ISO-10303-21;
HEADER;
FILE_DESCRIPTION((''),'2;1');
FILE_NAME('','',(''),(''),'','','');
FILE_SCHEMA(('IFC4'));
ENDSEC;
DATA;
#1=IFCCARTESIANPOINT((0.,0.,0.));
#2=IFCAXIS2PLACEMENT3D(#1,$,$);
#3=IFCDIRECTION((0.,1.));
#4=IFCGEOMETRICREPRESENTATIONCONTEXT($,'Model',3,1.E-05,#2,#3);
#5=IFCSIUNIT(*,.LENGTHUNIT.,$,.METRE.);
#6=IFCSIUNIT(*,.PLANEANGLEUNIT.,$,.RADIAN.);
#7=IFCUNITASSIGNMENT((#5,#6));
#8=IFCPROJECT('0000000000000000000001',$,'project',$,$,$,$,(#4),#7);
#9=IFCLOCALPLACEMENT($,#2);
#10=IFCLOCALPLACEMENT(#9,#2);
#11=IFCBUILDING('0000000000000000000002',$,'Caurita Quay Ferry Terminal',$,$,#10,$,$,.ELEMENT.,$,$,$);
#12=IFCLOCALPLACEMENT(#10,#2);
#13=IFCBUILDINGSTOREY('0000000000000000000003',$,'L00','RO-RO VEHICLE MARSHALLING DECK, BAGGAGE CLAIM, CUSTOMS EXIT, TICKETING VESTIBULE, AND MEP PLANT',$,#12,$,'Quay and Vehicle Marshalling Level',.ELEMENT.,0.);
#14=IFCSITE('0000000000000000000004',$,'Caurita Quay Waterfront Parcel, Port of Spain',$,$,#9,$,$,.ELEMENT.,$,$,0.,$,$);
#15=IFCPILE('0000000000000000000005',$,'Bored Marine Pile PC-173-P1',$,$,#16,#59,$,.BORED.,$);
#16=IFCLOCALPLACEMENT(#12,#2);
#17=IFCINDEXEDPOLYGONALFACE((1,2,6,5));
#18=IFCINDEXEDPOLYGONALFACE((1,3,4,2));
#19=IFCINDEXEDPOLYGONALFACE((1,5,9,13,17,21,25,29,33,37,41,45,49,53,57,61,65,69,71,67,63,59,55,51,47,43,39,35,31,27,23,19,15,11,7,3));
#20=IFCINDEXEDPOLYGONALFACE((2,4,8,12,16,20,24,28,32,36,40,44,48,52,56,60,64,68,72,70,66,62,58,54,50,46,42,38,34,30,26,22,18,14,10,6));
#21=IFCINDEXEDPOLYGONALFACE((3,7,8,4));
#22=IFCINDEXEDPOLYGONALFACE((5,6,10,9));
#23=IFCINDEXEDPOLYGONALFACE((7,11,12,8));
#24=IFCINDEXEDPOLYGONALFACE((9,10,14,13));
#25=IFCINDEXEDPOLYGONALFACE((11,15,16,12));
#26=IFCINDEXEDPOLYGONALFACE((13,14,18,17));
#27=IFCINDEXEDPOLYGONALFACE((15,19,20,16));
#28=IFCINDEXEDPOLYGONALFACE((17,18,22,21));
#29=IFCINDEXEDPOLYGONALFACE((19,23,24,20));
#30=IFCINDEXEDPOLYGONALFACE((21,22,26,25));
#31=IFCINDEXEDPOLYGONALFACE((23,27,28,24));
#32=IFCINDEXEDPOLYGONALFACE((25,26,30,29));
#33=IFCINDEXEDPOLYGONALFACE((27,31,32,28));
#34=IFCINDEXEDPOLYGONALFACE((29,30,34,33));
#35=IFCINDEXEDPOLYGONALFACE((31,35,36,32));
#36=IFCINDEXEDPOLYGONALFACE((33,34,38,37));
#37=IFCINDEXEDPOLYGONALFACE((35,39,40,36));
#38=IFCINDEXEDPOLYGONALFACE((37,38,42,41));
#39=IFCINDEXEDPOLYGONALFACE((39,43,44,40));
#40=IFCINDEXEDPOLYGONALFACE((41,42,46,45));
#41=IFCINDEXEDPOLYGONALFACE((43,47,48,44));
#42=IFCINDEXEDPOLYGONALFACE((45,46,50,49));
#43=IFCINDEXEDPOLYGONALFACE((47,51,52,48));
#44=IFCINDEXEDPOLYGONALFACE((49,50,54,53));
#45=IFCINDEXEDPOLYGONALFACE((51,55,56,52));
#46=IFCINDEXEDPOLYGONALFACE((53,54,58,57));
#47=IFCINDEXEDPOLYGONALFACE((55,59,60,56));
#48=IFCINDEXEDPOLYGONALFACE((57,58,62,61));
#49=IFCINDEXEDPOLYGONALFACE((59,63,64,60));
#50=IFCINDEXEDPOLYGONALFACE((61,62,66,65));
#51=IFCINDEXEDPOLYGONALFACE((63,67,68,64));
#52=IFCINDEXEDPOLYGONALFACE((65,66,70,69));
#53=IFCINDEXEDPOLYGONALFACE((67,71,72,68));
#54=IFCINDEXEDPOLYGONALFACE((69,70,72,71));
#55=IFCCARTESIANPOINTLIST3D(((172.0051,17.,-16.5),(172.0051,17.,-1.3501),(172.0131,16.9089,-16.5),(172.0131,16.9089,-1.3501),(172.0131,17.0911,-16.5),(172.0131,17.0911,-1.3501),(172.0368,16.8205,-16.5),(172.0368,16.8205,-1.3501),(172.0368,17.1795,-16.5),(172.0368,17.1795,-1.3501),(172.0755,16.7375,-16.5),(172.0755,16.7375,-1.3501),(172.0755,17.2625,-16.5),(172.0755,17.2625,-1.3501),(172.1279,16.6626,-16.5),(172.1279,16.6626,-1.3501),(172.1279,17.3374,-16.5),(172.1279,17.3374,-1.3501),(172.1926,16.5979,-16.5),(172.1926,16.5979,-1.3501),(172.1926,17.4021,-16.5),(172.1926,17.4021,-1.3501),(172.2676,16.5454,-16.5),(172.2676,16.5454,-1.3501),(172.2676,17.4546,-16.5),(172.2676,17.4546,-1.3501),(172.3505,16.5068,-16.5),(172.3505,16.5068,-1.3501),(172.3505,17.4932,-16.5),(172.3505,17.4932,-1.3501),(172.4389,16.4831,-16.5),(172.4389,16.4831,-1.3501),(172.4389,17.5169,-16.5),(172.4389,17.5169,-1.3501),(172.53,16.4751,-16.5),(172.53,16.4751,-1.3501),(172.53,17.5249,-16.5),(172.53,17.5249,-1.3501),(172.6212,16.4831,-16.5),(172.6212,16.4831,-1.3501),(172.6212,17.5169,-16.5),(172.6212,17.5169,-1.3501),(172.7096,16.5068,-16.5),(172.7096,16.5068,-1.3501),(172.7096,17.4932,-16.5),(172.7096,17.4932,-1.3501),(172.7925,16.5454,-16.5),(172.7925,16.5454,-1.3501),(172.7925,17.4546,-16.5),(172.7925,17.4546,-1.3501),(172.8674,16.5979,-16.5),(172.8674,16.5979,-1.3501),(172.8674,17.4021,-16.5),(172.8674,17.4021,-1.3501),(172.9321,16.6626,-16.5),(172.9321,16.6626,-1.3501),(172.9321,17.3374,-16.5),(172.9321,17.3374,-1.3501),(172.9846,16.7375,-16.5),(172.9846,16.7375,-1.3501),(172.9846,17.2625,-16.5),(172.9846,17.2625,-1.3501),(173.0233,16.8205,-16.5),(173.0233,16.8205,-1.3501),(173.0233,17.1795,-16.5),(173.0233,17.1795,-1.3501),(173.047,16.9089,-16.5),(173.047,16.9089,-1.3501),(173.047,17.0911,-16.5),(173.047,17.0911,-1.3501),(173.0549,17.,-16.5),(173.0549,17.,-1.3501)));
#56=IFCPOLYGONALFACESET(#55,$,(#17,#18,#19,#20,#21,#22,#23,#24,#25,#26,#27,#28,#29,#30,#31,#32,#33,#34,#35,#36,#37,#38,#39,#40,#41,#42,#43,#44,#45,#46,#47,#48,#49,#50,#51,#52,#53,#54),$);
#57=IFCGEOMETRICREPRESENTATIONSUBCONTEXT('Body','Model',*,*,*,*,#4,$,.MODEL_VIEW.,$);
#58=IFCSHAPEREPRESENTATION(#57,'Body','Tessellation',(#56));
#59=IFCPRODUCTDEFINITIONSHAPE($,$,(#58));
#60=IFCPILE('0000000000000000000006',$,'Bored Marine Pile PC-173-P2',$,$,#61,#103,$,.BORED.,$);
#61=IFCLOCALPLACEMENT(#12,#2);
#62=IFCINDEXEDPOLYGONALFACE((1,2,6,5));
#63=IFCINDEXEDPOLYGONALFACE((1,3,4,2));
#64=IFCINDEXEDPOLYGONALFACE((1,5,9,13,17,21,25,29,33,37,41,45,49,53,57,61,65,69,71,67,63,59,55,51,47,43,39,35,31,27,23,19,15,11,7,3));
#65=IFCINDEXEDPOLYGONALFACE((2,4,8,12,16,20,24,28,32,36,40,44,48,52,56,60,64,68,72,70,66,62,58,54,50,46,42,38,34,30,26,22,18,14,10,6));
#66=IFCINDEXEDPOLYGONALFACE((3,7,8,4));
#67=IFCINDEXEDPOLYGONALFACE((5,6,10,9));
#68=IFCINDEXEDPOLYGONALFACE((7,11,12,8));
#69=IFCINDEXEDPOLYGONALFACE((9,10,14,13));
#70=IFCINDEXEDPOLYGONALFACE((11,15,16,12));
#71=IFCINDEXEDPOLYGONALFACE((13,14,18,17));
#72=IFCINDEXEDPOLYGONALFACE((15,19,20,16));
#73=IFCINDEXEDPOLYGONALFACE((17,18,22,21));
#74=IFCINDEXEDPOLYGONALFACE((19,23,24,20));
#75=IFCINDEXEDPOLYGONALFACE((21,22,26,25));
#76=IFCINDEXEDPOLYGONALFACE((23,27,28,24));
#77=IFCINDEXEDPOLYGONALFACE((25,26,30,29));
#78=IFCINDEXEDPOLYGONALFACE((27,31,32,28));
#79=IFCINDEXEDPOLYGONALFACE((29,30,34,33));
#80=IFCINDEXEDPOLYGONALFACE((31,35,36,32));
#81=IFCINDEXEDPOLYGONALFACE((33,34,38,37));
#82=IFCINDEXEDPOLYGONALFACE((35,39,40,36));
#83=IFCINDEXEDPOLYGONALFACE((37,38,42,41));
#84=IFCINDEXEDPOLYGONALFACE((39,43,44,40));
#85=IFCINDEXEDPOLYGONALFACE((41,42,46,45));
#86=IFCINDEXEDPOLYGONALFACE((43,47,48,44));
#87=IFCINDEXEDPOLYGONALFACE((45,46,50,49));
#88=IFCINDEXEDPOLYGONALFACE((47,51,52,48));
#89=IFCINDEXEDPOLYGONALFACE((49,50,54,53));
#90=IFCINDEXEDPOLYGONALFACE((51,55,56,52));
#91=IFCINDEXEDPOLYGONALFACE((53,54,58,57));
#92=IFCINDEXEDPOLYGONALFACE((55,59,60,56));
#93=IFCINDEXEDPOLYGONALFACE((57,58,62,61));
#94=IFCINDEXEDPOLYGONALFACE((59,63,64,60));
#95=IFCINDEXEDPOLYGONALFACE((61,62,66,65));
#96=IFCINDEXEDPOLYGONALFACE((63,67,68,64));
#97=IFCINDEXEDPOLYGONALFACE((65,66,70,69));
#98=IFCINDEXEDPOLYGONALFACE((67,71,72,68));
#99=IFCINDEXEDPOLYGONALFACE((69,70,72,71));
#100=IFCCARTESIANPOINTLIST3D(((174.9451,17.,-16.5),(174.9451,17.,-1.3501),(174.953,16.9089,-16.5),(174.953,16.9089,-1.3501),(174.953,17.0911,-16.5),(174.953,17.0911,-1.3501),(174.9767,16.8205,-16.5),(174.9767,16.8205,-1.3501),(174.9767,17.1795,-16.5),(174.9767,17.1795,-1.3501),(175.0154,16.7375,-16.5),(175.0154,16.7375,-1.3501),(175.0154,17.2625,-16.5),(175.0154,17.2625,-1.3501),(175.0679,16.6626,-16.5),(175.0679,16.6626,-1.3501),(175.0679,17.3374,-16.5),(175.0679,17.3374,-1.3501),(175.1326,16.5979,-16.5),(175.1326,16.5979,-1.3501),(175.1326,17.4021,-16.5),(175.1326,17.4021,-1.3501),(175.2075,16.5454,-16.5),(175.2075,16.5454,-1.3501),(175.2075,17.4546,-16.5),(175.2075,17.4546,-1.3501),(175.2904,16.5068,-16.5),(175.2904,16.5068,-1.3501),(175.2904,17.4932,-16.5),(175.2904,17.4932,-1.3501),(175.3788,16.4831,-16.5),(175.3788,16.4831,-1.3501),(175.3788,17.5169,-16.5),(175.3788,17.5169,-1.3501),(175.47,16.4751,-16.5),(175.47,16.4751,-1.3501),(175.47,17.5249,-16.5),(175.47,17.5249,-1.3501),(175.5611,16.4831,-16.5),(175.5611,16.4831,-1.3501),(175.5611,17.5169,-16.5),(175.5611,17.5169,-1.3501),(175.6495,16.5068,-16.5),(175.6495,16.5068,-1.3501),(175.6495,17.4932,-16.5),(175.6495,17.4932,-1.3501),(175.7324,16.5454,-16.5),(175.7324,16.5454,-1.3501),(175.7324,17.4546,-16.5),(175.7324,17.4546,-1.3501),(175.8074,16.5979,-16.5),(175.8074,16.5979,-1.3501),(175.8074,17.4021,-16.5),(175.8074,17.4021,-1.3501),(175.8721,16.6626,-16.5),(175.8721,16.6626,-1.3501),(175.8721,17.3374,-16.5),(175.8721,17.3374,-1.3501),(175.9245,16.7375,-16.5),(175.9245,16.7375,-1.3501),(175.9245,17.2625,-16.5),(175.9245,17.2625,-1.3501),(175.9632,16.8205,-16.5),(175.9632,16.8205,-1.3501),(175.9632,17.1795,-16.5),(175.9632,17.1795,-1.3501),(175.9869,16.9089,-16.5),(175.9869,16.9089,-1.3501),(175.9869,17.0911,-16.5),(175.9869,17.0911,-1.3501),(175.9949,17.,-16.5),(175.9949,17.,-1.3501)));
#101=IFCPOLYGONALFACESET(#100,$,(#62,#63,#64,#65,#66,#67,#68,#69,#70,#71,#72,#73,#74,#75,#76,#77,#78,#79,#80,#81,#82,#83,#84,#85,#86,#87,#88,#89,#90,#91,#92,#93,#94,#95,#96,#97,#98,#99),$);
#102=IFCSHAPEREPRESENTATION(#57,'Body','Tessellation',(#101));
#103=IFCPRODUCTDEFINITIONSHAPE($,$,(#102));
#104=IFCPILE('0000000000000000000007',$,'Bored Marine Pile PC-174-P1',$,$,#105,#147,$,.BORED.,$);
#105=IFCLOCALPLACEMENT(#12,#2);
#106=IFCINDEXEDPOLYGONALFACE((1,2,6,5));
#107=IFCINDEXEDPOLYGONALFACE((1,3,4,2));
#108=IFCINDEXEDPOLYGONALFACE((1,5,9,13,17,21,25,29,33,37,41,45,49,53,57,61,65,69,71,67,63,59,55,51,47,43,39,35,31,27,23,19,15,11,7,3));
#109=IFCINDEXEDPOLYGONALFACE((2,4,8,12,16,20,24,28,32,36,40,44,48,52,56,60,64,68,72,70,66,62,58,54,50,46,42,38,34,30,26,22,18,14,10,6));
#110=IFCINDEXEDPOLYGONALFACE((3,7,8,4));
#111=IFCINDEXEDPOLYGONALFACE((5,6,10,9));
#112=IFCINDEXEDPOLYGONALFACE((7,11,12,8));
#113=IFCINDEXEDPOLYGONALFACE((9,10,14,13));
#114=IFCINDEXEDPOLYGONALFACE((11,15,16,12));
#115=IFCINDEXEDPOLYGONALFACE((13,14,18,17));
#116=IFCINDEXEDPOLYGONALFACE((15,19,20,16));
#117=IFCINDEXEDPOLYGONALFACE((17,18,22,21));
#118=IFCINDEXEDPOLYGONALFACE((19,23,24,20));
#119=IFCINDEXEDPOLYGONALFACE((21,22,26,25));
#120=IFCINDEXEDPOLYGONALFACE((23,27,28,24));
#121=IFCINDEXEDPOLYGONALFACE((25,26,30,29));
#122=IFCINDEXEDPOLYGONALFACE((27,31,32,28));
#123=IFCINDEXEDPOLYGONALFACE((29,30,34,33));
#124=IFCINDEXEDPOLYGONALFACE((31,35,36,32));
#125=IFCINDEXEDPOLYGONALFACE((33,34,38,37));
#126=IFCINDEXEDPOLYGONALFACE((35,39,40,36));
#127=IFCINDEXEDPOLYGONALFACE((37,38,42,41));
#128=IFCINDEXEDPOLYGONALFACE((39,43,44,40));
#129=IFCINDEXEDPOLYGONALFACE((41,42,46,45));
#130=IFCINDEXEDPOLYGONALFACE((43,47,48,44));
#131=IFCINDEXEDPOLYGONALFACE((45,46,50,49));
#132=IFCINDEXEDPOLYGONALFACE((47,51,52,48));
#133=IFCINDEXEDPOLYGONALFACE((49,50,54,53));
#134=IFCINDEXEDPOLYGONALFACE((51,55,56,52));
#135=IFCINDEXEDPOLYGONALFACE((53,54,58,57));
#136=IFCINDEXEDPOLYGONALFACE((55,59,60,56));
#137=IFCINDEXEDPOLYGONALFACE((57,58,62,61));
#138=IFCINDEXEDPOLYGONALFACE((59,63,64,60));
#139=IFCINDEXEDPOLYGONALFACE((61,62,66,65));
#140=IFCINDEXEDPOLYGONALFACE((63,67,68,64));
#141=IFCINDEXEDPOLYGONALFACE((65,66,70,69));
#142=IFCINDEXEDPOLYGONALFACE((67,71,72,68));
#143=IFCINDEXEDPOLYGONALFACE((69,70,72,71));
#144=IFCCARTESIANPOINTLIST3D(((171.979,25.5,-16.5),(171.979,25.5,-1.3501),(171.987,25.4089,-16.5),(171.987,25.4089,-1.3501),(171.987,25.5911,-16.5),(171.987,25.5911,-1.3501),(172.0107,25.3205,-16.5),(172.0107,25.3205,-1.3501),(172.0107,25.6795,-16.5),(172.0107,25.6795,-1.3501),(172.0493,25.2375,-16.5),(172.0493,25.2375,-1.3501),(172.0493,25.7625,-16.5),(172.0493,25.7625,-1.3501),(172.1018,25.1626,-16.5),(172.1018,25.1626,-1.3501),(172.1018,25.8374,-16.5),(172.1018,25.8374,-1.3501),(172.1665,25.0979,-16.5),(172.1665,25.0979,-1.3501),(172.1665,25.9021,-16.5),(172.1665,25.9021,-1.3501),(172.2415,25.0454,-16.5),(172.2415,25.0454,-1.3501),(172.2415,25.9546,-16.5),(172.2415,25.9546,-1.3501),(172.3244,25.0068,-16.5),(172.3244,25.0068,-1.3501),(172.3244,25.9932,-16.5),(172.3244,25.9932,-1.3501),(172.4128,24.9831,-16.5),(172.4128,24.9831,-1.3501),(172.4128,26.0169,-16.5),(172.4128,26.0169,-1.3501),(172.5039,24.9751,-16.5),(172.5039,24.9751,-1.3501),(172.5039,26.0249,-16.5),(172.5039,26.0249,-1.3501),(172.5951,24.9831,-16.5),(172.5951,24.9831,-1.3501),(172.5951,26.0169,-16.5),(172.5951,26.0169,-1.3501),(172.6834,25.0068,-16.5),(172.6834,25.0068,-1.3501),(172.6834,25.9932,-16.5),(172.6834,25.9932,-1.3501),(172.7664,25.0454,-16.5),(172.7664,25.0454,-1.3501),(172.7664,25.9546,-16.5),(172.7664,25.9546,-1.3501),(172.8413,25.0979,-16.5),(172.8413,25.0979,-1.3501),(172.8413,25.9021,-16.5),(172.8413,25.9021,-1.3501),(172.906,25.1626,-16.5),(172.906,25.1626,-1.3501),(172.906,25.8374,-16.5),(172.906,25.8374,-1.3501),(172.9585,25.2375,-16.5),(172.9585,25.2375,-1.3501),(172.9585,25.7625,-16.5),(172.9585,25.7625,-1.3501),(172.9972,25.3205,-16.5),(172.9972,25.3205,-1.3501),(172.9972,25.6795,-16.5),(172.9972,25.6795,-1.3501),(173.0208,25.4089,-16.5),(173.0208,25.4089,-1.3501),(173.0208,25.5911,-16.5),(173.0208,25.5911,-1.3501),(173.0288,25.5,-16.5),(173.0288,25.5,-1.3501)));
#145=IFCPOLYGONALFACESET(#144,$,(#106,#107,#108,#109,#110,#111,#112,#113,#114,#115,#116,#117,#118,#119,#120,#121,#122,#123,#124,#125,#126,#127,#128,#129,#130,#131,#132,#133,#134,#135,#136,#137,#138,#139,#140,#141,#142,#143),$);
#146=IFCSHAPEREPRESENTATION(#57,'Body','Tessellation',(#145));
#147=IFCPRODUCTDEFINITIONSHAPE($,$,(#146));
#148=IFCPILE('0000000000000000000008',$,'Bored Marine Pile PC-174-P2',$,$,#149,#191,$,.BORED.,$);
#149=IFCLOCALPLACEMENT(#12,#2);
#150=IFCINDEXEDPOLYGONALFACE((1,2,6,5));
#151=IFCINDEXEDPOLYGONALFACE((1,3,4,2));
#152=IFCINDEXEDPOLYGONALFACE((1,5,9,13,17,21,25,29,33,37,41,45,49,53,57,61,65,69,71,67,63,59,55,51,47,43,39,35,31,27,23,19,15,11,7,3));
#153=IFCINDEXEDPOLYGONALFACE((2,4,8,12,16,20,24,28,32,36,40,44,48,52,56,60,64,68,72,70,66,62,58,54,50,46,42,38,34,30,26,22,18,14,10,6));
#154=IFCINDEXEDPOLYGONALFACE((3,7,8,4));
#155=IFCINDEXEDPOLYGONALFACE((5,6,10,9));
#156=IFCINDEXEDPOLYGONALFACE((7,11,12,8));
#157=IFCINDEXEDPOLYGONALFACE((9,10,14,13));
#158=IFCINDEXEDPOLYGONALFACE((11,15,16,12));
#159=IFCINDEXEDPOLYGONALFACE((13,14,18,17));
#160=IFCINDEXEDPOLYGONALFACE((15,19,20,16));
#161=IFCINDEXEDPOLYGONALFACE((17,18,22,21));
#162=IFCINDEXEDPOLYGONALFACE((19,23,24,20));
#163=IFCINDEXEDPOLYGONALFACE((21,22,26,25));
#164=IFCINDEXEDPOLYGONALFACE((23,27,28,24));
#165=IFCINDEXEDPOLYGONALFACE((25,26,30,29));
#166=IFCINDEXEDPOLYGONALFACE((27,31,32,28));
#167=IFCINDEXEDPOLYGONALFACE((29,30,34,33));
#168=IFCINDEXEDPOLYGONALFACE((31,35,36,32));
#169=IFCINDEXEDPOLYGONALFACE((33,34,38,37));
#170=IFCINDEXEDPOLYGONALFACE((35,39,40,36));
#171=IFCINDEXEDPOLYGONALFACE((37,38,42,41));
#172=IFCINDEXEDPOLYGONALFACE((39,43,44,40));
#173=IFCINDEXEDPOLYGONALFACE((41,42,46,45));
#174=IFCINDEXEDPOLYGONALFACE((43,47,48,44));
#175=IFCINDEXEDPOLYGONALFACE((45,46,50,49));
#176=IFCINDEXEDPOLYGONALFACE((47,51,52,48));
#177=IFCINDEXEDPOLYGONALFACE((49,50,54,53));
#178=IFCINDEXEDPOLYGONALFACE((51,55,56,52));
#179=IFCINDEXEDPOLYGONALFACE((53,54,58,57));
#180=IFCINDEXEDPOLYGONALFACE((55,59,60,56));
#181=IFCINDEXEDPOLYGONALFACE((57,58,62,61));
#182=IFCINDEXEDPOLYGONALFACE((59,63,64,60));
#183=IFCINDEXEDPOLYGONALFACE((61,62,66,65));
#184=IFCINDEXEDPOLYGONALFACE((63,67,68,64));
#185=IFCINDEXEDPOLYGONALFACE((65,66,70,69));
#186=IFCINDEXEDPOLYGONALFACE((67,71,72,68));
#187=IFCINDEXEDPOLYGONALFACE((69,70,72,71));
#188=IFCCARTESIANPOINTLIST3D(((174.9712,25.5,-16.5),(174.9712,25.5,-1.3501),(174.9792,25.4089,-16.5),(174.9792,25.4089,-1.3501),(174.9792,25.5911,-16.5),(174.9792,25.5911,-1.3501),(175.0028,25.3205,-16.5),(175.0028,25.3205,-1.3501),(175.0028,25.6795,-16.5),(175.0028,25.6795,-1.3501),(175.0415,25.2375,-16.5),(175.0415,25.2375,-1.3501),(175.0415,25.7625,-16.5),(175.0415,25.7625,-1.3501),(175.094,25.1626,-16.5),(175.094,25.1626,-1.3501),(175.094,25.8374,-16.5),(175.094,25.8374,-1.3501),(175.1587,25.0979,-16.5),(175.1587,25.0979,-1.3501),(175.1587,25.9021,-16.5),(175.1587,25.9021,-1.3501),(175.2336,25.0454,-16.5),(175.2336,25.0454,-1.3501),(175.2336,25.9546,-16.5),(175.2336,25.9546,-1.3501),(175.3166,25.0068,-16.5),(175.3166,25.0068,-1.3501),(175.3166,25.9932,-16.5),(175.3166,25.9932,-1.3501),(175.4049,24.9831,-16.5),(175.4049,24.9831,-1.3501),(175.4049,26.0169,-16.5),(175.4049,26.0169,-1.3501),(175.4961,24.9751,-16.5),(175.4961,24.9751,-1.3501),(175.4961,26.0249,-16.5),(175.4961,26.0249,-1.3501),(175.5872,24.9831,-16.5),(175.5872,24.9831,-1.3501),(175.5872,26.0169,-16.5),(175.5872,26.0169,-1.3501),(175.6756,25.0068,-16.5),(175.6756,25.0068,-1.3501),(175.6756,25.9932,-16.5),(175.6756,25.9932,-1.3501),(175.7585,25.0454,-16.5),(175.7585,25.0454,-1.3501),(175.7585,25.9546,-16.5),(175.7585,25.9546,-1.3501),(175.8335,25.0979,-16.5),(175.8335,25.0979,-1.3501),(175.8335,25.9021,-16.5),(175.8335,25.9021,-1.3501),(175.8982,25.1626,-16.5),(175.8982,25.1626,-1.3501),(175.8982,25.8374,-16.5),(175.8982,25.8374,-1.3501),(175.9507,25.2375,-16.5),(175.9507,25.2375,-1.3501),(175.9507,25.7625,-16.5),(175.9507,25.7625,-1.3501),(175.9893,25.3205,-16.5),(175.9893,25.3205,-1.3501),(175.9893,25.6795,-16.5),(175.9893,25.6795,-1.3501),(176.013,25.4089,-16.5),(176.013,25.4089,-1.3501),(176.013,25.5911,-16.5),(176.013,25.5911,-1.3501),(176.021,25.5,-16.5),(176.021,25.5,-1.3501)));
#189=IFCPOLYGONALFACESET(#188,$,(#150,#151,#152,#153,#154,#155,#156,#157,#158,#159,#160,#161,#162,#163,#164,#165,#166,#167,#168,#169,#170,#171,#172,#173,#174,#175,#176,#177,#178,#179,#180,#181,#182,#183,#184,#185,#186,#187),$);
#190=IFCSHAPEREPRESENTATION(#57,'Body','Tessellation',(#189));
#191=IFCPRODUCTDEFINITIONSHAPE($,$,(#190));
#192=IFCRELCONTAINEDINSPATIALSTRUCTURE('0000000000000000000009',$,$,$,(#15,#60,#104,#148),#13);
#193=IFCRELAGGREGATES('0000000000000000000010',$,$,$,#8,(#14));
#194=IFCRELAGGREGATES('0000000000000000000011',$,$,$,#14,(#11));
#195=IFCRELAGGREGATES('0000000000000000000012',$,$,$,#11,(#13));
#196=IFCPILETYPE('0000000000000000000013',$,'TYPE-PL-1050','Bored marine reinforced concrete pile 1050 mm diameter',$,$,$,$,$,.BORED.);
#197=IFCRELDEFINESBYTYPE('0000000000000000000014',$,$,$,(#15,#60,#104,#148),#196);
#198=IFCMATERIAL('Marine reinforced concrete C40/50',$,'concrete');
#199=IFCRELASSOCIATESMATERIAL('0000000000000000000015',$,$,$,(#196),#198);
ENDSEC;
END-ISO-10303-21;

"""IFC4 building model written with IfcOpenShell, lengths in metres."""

from ifc_helpers import new_model, si_unit, direction, frame, origin, origin_2d, place, context, subcontext, project, spatial, circle, extrude, material, material_profile, profile_set, type_object, element, save


model = new_model("IFC4")

# Units and contexts
model_context = context("Model", 3, precision=1e-05, world=origin(), true_north=direction((0.0, 1.0)))
body_context = subcontext(model_context, "Body", "Model", "MODEL_VIEW")
ifc_project = project(units=[si_unit("LENGTHUNIT", "METRE"), si_unit("PLANEANGLEUNIT", "RADIAN")], contexts=[model_context])

# Site, building, storey
site_placement = place(None, origin())
site = spatial("IfcSite", under=ifc_project, at=site_placement, Name="Caurita Quay Waterfront Parcel, Port of Spain", CompositionType="ELEMENT", RefElevation=0.0)
building_placement = place(site_placement, origin())
building = spatial("IfcBuilding", under=site, at=building_placement, Name="Caurita Quay Ferry Terminal", CompositionType="ELEMENT")
storey_placement = place(building_placement, origin())
storey = spatial("IfcBuildingStorey", under=building, at=storey_placement, Name="L00", Description="RO-RO VEHICLE MARSHALLING DECK, BAGGAGE CLAIM, CUSTOMS EXIT, TICKETING VESTIBULE, AND MEP PLANT", LongName="Quay and Vehicle Marshalling Level", CompositionType="ELEMENT", Elevation=0.0)

# Piles
ifc_material_1 = material(Name="Marine reinforced concrete C40/50", Category="concrete")
ifc_material_profile_1 = material_profile(ifc_material_1, circle(Radius=0.5249, at=origin_2d()), Name="PILE-D1050")
ifc_profile_set_1 = profile_set([ifc_material_profile_1], Name="Marine reinforced concrete C40/50")
pile_type = type_object("IfcPileType", Name="TYPE-PL-1050", Description="Bored marine reinforced concrete pile 1050 mm diameter", PredefinedType="BORED", material=ifc_profile_set_1)
for number, where, z_axis, x_axis, name in (
    (1, (172.53, 17.0, -1.3501), (0.0, 0.0, -1.0), (1.0, 0.0, 0.0), "Bored Marine Pile PC-173-P1"),
    (2, (175.47, 17.0, -1.3501), (0.0, 0.0, -1.0), (1.0, 0.0, 0.0), "Bored Marine Pile PC-173-P2"),
    (3, (172.5039, 25.5, -1.3501), (0.0, 0.0, -1.0), (1.0, 0.0, 0.0), "Bored Marine Pile PC-174-P1"),
    (4, (175.4961, 25.5, -1.3501), (0.0, 0.0, -1.0), (1.0, 0.0, 0.0), "Bored Marine Pile PC-174-P2"),
):
    element("IfcPile", number, at=place(storey_placement, frame(where, z_axis=z_axis, x_axis=x_axis)), inside=storey, type_object=pile_type, Name=name, PredefinedType="BORED", context=body_context, shape_type="SweptSolid", body=[
        extrude(circle(Radius=0.5249, at=origin_2d()), origin(), (0.0, 0.0, 1.0), 15.1499),
    ])

save(model, "model.ifc")
